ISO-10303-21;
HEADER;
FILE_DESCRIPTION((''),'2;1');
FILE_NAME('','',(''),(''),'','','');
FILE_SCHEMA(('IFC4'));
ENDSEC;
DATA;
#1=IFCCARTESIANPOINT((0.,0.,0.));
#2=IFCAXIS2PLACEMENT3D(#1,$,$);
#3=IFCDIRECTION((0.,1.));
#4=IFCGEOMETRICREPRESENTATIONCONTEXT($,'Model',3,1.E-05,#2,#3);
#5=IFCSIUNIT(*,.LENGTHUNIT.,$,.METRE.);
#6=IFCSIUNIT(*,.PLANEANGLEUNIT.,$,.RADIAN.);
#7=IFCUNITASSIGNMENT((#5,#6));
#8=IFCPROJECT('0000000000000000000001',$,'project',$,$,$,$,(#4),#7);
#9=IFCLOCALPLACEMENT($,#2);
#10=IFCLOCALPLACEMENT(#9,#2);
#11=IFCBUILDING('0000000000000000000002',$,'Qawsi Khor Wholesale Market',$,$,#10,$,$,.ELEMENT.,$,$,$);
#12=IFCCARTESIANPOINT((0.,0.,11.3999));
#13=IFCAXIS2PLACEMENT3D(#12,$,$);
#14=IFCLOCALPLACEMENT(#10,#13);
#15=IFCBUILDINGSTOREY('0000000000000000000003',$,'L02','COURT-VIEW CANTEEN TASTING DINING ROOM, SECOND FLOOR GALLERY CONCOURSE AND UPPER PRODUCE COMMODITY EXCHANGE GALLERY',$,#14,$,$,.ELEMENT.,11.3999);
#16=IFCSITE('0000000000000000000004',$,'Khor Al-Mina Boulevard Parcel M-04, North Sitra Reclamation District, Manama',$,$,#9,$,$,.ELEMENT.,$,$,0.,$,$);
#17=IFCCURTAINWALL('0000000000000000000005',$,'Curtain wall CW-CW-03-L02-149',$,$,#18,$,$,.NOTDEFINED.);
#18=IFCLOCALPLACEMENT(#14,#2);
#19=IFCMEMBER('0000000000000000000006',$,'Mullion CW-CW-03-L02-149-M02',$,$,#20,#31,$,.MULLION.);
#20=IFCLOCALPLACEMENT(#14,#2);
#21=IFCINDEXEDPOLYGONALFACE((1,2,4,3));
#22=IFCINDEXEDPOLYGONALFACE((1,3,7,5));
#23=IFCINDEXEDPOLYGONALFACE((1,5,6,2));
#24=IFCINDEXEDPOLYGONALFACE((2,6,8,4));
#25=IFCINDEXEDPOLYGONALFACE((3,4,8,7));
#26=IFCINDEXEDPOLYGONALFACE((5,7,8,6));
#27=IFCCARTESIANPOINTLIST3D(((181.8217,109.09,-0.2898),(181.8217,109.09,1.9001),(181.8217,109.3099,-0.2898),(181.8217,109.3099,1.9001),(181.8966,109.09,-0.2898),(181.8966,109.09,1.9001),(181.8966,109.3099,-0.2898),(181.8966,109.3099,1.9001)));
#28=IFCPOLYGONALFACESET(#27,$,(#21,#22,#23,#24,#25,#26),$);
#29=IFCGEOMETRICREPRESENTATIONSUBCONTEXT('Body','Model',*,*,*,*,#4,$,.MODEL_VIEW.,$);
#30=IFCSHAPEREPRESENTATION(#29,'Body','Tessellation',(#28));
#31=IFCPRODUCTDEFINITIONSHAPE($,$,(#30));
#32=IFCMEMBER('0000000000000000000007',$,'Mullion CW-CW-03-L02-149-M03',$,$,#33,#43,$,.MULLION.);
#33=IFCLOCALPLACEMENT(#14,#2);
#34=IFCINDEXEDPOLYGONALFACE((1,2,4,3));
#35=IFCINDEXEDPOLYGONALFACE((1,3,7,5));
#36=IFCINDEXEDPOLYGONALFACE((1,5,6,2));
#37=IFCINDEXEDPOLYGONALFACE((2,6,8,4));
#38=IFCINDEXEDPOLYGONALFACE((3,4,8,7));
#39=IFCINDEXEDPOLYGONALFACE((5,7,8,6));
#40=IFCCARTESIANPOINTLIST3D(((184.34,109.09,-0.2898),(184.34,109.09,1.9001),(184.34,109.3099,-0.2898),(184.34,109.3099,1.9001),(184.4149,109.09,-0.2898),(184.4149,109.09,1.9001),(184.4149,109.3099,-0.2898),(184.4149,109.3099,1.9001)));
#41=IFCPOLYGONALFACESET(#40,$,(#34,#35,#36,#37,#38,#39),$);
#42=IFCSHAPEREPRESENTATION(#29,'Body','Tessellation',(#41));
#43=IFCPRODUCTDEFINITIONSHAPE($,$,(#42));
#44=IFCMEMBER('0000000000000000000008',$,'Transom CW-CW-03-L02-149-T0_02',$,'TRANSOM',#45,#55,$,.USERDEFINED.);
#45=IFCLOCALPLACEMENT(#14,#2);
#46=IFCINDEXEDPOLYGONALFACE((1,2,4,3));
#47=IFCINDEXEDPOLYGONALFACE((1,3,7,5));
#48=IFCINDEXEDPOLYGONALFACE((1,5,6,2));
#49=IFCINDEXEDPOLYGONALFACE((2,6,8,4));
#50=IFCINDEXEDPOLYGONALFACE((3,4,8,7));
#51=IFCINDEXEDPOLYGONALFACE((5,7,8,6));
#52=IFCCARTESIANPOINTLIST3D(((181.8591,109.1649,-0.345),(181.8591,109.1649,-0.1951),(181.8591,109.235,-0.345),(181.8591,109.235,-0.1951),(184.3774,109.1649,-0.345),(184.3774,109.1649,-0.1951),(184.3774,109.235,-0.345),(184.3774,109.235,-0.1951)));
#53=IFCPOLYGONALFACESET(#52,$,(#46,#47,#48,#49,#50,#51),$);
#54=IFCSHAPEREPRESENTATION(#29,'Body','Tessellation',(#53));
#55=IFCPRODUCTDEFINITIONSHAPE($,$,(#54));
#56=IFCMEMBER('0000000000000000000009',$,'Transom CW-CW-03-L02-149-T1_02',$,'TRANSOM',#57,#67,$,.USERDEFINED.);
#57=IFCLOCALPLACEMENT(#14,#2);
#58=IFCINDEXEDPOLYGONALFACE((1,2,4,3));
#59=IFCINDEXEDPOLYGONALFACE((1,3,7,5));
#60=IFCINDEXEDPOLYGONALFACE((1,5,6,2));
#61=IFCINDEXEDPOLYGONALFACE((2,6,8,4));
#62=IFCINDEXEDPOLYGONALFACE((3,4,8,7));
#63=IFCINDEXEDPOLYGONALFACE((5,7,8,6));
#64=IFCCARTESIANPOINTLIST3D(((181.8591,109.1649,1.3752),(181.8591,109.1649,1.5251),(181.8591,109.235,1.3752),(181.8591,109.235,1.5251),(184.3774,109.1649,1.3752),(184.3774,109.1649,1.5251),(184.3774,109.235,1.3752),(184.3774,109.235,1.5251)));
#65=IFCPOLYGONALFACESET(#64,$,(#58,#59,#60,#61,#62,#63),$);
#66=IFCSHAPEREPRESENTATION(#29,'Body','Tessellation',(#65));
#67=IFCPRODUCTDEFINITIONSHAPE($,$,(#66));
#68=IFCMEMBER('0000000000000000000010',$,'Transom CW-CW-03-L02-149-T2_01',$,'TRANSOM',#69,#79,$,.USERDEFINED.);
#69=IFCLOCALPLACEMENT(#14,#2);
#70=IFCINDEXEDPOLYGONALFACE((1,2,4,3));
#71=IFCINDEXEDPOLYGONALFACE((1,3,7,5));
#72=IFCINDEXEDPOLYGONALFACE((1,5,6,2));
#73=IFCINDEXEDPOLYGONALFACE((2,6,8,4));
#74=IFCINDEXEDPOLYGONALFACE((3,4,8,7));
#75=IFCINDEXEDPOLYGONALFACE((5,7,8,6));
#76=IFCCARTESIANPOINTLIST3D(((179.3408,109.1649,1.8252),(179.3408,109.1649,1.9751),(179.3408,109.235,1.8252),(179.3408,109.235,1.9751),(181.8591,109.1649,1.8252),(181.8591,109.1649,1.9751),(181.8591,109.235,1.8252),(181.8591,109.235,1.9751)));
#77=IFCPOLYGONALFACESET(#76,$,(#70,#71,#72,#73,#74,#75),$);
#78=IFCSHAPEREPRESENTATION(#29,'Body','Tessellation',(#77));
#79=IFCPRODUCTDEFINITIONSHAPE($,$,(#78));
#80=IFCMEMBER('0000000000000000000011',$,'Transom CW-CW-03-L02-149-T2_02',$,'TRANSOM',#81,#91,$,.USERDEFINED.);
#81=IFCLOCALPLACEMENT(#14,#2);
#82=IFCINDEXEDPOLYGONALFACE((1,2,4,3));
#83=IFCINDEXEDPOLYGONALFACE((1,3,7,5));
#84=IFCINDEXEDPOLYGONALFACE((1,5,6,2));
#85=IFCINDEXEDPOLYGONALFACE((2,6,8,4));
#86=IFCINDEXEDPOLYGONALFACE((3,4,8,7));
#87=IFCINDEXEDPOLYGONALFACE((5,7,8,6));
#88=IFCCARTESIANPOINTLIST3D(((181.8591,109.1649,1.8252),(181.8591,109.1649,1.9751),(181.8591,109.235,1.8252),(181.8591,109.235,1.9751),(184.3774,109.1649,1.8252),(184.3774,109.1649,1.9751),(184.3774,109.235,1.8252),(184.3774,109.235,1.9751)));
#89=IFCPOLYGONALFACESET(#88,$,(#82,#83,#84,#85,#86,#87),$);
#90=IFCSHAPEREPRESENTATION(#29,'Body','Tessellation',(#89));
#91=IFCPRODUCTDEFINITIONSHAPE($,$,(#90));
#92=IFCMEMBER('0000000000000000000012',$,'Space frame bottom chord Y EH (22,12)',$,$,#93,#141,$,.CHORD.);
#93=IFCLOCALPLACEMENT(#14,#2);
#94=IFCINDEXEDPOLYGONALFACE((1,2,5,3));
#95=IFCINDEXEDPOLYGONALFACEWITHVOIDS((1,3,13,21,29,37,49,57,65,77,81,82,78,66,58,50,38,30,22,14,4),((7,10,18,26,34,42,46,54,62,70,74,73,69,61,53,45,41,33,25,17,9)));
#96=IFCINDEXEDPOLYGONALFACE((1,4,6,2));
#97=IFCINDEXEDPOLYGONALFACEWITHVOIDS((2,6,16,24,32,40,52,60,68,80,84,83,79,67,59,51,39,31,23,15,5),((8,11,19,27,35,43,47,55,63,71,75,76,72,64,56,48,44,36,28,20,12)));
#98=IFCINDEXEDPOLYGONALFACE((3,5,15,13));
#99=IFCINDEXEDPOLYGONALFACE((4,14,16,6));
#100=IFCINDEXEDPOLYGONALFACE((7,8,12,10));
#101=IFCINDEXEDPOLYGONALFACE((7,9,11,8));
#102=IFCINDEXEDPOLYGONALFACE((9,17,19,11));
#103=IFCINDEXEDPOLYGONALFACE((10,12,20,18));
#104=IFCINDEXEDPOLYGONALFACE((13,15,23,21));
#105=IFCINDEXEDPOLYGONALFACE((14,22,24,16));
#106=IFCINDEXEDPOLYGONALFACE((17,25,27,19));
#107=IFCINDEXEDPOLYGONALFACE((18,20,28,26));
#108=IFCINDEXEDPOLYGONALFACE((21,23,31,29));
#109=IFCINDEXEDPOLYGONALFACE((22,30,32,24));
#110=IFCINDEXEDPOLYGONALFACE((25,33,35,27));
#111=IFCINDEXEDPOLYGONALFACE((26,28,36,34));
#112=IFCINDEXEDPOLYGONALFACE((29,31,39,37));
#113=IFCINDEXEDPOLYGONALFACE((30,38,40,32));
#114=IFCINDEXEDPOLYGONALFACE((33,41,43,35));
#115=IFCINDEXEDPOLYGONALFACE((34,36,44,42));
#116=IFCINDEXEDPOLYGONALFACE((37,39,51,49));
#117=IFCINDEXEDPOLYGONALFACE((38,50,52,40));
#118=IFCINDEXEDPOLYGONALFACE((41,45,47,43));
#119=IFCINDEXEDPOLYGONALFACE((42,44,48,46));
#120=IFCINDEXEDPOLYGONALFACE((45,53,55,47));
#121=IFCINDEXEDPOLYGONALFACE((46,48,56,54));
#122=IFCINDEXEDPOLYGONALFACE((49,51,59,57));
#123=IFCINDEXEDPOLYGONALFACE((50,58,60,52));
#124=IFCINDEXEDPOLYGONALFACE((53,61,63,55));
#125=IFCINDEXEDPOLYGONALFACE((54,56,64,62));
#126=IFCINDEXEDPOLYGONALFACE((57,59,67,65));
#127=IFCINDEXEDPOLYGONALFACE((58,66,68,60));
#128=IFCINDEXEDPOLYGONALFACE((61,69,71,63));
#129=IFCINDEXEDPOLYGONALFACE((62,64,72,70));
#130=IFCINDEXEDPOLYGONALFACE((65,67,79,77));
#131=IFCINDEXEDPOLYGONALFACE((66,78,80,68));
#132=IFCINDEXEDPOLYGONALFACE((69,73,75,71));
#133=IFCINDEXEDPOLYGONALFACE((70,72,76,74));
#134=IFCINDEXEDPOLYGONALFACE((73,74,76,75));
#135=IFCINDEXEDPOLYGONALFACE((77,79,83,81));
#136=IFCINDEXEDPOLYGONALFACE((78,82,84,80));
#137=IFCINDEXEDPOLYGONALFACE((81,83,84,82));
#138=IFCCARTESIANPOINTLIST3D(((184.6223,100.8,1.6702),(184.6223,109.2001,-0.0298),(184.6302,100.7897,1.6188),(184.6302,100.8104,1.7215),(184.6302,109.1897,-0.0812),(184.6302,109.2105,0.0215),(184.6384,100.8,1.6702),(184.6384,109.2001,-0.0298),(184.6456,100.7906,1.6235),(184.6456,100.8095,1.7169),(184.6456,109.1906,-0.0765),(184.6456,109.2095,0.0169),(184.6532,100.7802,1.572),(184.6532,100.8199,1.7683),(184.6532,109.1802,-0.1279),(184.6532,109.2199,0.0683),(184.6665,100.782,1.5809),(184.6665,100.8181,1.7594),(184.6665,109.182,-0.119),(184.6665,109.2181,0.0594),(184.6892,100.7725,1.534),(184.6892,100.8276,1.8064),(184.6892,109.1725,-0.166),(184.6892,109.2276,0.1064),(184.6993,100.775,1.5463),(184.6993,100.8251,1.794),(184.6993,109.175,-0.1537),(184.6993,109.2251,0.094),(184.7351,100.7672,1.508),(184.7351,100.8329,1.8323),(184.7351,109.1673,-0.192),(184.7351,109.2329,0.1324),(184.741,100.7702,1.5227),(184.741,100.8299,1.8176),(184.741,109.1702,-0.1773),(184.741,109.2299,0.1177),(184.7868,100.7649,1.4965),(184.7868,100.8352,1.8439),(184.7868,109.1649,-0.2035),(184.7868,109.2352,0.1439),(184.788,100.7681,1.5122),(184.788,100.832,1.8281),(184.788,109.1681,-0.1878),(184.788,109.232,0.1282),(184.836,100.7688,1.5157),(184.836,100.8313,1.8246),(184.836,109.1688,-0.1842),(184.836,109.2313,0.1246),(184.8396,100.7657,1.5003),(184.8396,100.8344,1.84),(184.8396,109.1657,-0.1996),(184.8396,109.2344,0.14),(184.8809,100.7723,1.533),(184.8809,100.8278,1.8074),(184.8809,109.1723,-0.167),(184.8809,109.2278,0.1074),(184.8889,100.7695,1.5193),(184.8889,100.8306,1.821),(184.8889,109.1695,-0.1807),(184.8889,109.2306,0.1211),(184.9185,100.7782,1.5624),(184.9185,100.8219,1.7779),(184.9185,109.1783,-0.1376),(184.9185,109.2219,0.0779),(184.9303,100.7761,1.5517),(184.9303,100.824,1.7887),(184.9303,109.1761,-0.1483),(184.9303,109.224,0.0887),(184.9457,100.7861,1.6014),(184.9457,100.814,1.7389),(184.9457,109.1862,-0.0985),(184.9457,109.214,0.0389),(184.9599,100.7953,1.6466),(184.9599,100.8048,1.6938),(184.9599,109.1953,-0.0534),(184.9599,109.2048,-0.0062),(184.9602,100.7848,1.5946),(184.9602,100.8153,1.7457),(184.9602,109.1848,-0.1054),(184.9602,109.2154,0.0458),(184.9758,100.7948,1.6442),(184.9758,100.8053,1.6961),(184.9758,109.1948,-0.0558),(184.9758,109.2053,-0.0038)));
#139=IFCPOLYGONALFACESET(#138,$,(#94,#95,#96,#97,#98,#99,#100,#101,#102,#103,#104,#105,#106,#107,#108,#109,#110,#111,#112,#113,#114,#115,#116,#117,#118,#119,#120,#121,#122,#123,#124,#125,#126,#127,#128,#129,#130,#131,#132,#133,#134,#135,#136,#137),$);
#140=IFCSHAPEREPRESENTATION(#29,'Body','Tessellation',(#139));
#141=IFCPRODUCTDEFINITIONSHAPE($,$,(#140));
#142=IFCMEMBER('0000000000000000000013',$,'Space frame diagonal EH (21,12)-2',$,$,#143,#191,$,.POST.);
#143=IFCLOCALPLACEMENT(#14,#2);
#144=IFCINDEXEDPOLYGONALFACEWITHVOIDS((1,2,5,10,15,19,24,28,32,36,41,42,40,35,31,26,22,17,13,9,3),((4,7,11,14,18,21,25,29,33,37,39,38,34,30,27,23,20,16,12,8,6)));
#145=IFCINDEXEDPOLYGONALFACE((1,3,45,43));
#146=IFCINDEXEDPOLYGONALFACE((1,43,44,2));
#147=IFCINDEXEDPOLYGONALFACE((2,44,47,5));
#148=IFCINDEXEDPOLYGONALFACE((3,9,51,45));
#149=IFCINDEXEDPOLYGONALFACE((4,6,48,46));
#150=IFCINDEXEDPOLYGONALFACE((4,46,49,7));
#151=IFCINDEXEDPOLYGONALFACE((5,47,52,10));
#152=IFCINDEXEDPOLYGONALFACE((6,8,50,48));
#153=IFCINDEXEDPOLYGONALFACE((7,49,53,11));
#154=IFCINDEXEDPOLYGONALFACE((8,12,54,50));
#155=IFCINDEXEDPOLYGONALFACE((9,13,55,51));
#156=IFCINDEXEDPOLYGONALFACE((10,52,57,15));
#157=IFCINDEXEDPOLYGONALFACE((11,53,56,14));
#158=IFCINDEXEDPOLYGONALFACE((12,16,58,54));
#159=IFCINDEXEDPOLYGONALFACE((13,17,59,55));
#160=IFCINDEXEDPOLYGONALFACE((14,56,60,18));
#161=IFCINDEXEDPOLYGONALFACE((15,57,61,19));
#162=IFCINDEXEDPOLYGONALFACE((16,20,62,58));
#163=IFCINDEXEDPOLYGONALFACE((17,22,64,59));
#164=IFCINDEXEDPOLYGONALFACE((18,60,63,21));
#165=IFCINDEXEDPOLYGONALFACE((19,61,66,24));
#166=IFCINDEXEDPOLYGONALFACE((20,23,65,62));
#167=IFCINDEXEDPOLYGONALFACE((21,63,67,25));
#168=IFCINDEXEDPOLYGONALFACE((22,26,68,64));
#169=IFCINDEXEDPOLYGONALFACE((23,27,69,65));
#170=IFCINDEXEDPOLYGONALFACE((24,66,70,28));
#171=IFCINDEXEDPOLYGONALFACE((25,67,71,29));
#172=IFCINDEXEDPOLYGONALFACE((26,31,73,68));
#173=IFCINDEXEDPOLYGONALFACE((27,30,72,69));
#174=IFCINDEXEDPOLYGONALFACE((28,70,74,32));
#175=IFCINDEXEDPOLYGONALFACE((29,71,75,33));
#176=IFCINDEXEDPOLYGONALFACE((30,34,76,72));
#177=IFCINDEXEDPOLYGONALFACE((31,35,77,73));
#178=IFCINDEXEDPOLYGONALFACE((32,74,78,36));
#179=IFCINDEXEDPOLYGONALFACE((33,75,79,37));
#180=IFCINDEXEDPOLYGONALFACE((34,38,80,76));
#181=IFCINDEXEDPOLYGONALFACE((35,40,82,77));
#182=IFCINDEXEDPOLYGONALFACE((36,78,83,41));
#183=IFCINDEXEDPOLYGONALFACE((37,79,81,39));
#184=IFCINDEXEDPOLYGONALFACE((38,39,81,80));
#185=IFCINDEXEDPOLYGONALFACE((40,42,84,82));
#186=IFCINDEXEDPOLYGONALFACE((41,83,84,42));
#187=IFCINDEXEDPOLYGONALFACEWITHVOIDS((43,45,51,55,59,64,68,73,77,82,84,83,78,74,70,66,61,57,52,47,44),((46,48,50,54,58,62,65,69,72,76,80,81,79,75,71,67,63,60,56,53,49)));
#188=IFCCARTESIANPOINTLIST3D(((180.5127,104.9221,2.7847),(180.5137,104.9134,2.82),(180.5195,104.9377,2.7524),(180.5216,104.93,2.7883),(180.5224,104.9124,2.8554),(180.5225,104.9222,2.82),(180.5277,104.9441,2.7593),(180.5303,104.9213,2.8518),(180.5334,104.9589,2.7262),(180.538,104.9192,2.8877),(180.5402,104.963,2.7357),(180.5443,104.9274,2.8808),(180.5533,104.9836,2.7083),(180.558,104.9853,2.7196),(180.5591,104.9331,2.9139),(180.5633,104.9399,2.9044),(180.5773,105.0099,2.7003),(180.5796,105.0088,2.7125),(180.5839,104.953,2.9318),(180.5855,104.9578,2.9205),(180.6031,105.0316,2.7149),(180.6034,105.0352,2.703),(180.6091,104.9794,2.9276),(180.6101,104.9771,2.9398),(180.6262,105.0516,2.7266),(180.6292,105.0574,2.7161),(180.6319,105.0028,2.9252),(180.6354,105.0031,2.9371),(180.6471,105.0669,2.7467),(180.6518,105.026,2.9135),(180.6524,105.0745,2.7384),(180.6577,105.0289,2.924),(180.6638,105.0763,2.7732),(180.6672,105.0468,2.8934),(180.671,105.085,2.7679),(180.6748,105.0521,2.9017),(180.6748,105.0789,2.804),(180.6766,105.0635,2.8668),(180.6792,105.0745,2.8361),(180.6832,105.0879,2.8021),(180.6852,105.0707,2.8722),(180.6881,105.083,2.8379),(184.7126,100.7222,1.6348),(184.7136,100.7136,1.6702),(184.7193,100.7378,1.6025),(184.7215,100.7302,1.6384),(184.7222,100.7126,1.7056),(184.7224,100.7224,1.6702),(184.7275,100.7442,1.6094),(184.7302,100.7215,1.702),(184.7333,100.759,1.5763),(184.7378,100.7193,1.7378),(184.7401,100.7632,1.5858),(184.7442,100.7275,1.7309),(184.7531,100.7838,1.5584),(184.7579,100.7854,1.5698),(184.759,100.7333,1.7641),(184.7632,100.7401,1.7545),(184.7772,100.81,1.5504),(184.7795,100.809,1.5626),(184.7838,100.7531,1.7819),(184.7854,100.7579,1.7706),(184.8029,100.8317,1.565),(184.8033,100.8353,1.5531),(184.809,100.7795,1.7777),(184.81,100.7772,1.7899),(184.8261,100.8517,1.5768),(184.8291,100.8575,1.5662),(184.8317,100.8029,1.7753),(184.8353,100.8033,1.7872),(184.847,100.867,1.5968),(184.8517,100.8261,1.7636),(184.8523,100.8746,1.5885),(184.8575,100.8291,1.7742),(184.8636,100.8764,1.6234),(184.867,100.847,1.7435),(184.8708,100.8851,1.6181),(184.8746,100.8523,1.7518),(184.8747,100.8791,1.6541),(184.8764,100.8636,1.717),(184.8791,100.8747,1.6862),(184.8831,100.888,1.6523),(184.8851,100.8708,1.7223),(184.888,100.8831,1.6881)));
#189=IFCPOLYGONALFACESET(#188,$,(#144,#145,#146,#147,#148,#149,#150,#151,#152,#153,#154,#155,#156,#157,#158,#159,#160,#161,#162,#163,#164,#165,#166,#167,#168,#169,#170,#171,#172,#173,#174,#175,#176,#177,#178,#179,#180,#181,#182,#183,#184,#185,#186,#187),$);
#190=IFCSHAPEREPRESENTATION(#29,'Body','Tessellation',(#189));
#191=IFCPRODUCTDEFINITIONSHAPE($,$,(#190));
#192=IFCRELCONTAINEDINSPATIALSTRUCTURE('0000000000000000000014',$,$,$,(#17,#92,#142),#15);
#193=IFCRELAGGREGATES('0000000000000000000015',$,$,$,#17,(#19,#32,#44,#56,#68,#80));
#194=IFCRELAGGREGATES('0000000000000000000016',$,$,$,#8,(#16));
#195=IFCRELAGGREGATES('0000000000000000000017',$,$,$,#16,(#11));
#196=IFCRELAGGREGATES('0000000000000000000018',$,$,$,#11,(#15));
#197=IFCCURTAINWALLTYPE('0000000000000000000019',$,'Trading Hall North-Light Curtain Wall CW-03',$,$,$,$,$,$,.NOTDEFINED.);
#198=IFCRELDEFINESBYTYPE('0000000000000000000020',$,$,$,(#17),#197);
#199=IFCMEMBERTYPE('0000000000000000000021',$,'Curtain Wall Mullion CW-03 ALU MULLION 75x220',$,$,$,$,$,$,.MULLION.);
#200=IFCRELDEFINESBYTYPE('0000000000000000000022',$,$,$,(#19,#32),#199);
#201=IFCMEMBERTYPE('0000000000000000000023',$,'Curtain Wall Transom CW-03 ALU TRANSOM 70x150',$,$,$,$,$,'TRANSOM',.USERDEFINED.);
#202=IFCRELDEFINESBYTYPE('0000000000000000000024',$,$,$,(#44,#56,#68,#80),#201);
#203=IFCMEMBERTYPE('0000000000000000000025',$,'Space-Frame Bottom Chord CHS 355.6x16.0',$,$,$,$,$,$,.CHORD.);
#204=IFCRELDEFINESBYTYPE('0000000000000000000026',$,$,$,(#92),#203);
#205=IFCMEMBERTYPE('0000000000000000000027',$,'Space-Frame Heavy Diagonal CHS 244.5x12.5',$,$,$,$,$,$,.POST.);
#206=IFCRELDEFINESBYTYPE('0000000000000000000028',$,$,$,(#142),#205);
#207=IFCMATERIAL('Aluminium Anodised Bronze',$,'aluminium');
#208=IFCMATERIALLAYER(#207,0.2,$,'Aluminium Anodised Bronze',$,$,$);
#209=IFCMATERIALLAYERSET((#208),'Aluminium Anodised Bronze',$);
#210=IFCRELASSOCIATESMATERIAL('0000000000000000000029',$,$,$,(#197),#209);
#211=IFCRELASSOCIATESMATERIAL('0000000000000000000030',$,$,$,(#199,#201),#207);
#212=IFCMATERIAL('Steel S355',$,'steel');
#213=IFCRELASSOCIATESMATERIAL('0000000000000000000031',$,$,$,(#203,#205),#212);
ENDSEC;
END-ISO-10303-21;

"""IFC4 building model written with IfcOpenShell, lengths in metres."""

from ifc_helpers import new_model, si_unit, direction, frame, origin, origin_2d, place, context, subcontext, project, spatial, rectangle, hollow_circle, extrude, material, layer, layer_set, material_profile, profile_set, type_object, element, aggregate, save


model = new_model("IFC4")

# Units and contexts
model_context = context("Model", 3, precision=1e-05, world=origin(), true_north=direction((0.0, 1.0)))
body_context = subcontext(model_context, "Body", "Model", "MODEL_VIEW")
ifc_project = project(units=[si_unit("LENGTHUNIT", "METRE"), si_unit("PLANEANGLEUNIT", "RADIAN")], contexts=[model_context])

# Site, building, storey
site_placement = place(None, origin())
site = spatial("IfcSite", under=ifc_project, at=site_placement, Name="Khor Al-Mina Boulevard Parcel M-04, North Sitra Reclamation District, Manama", CompositionType="ELEMENT", RefElevation=0.0)
building_placement = place(site_placement, origin())
building = spatial("IfcBuilding", under=site, at=building_placement, Name="Qawsi Khor Wholesale Market", CompositionType="ELEMENT")
storey_placement = place(building_placement, frame((0.0, 0.0, 11.3999)))
storey = spatial("IfcBuildingStorey", under=building, at=storey_placement, Name="L02", Description="COURT-VIEW CANTEEN TASTING DINING ROOM, SECOND FLOOR GALLERY CONCOURSE AND UPPER PRODUCE COMMODITY EXCHANGE GALLERY", CompositionType="ELEMENT", Elevation=11.3999)

# Curtain wall, members
ifc_material_1 = material(Name="Aluminium Anodised Bronze", Category="aluminium")
ifc_layer_1 = layer(ifc_material_1, 0.2, Name="Aluminium Anodised Bronze")
ifc_layer_set_1 = layer_set([ifc_layer_1], Name="Aluminium Anodised Bronze")
curtain_wall_type = type_object("IfcCurtainWallType", Name="Trading Hall North-Light Curtain Wall CW-03", PredefinedType="NOTDEFINED", material=ifc_layer_set_1)
curtain_wall_placement = place(storey_placement, origin())
curtain_wall = element("IfcCurtainWall", 1, at=curtain_wall_placement, inside=storey, type_object=curtain_wall_type, Name="Curtain wall CW-CW-03-L02-149", PredefinedType="NOTDEFINED")
ifc_material_profile_1 = material_profile(ifc_material_1, rectangle(XDim=0.075, YDim=0.22, at=origin_2d()), Name="ALU MULLION 75x220")
ifc_profile_set_1 = profile_set([ifc_material_profile_1], Name="Aluminium Anodised Bronze")
member_type_1 = type_object("IfcMemberType", Name="Curtain Wall Mullion CW-03 ALU MULLION 75x220", PredefinedType="MULLION", material=ifc_profile_set_1)
member_1_placement = place(storey_placement, frame((181.8591, 109.2, -0.2898), z_axis=(0.0, 0.0, 1.0), x_axis=(1.0, 0.0, 0.0)))
member_1 = element("IfcMember", 2, at=member_1_placement, type_object=member_type_1, Name="Mullion CW-CW-03-L02-149-M02", PredefinedType="MULLION", context=body_context, shape_type="SweptSolid", body=[
    extrude(rectangle(XDim=0.075, YDim=0.22, at=origin_2d()), origin(), (0.0, 0.0, 1.0), 2.1899),
])
member_2_placement = place(storey_placement, frame((184.3774, 109.2, -0.2898), z_axis=(0.0, 0.0, 1.0), x_axis=(1.0, 0.0, 0.0)))
member_2 = element("IfcMember", 3, at=member_2_placement, type_object=member_type_1, Name="Mullion CW-CW-03-L02-149-M03", PredefinedType="MULLION", context=body_context, shape_type="SweptSolid", body=[
    extrude(rectangle(XDim=0.075, YDim=0.22, at=origin_2d()), origin(), (0.0, 0.0, 1.0), 2.1899),
])
ifc_material_profile_2 = material_profile(ifc_material_1, rectangle(XDim=0.0701, YDim=0.1499, at=origin_2d()), Name="ALU TRANSOM 70x150")
ifc_profile_set_2 = profile_set([ifc_material_profile_2], Name="Aluminium Anodised Bronze")
member_type_2 = type_object("IfcMemberType", Name="Curtain Wall Transom CW-03 ALU TRANSOM 70x150", ElementType="TRANSOM", PredefinedType="USERDEFINED", material=ifc_profile_set_2)
member_3_placement = place(storey_placement, frame((181.8591, 109.2, -0.27), z_axis=(1.0, 0.0, 0.0), x_axis=(0.0, 1.0, 0.0)))
member_3 = element("IfcMember", 4, at=member_3_placement, type_object=member_type_2, Name="Transom CW-CW-03-L02-149-T0_02", ObjectType="TRANSOM", PredefinedType="USERDEFINED", context=body_context, shape_type="SweptSolid", body=[
    extrude(rectangle(XDim=0.0701, YDim=0.1499, at=origin_2d()), origin(), (0.0, 0.0, 1.0), 2.5183),
])
member_4_placement = place(storey_placement, frame((181.8591, 109.2, 1.4502), z_axis=(1.0, 0.0, 0.0), x_axis=(0.0, 1.0, 0.0)))
member_4 = element("IfcMember", 5, at=member_4_placement, type_object=member_type_2, Name="Transom CW-CW-03-L02-149-T1_02", ObjectType="TRANSOM", PredefinedType="USERDEFINED", context=body_context, shape_type="SweptSolid", body=[
    extrude(rectangle(XDim=0.0701, YDim=0.1499, at=origin_2d()), origin(), (0.0, 0.0, 1.0), 2.5183),
])
member_5_placement = place(storey_placement, frame((179.3408, 109.2, 1.9001), z_axis=(1.0, 0.0, 0.0), x_axis=(0.0, 1.0, 0.0)))
member_5 = element("IfcMember", 6, at=member_5_placement, type_object=member_type_2, Name="Transom CW-CW-03-L02-149-T2_01", ObjectType="TRANSOM", PredefinedType="USERDEFINED", context=body_context, shape_type="SweptSolid", body=[
    extrude(rectangle(XDim=0.0701, YDim=0.1499, at=origin_2d()), origin(), (0.0, 0.0, 1.0), 2.5183),
])
member_6_placement = place(storey_placement, frame((181.8591, 109.2, 1.9001), z_axis=(1.0, 0.0, 0.0), x_axis=(0.0, 1.0, 0.0)))
member_6 = element("IfcMember", 7, at=member_6_placement, type_object=member_type_2, Name="Transom CW-CW-03-L02-149-T2_02", ObjectType="TRANSOM", PredefinedType="USERDEFINED", context=body_context, shape_type="SweptSolid", body=[
    extrude(rectangle(XDim=0.0701, YDim=0.1499, at=origin_2d()), origin(), (0.0, 0.0, 1.0), 2.5183),
])

# Members
ifc_material_2 = material(Name="Steel S355", Category="steel")
ifc_material_profile_3 = material_profile(ifc_material_2, hollow_circle(Radius=0.1777, WallThickness=0.0161, at=origin_2d()), Name="CHS 355.6x16.0")
ifc_profile_set_3 = profile_set([ifc_material_profile_3], Name="Steel S355")
member_type_3 = type_object("IfcMemberType", Name="Space-Frame Bottom Chord CHS 355.6x16.0", PredefinedType="CHORD", material=ifc_profile_set_3)
member_7_placement = place(storey_placement, frame((184.8, 100.8, 1.6702), z_axis=(0.0, 0.98013, -0.198356), x_axis=(-1.0, 0.0, 0.0)))
element("IfcMember", 8, at=member_7_placement, inside=storey, type_object=member_type_3, Name="Space frame bottom chord Y EH (22,12)", PredefinedType="CHORD", context=body_context, shape_type="SweptSolid", body=[
    extrude(hollow_circle(Radius=0.1777, WallThickness=0.0161, at=origin_2d()), origin(), (0.0, 0.0, 1.0), 8.5703),
])
ifc_material_profile_4 = material_profile(ifc_material_2, hollow_circle(Radius=0.1223, WallThickness=0.0125, at=origin_2d()), Name="CHS 244.5x12.5")
ifc_profile_set_4 = profile_set([ifc_material_profile_4], Name="Steel S355")
member_type_4 = type_object("IfcMemberType", Name="Space-Frame Heavy Diagonal CHS 244.5x12.5", PredefinedType="POST", material=ifc_profile_set_4)
member_8_placement = place(storey_placement, frame((184.8, 100.8, 1.6702), z_axis=(-0.694217, 0.694217, 0.190069), x_axis=(-0.707107, -0.707107, 0.0)))
element("IfcMember", 9, at=member_8_placement, inside=storey, type_object=member_type_4, Name="Space frame diagonal EH (21,12)-2", PredefinedType="POST", context=body_context, shape_type="SweptSolid", body=[
    extrude(hollow_circle(Radius=0.1223, WallThickness=0.0125, at=origin_2d()), origin(), (0.0, 0.0, 1.0), 6.0498),
])

aggregate(curtain_wall, [member_1, member_2, member_3, member_4, member_5, member_6])

save(model, "model.ifc")
